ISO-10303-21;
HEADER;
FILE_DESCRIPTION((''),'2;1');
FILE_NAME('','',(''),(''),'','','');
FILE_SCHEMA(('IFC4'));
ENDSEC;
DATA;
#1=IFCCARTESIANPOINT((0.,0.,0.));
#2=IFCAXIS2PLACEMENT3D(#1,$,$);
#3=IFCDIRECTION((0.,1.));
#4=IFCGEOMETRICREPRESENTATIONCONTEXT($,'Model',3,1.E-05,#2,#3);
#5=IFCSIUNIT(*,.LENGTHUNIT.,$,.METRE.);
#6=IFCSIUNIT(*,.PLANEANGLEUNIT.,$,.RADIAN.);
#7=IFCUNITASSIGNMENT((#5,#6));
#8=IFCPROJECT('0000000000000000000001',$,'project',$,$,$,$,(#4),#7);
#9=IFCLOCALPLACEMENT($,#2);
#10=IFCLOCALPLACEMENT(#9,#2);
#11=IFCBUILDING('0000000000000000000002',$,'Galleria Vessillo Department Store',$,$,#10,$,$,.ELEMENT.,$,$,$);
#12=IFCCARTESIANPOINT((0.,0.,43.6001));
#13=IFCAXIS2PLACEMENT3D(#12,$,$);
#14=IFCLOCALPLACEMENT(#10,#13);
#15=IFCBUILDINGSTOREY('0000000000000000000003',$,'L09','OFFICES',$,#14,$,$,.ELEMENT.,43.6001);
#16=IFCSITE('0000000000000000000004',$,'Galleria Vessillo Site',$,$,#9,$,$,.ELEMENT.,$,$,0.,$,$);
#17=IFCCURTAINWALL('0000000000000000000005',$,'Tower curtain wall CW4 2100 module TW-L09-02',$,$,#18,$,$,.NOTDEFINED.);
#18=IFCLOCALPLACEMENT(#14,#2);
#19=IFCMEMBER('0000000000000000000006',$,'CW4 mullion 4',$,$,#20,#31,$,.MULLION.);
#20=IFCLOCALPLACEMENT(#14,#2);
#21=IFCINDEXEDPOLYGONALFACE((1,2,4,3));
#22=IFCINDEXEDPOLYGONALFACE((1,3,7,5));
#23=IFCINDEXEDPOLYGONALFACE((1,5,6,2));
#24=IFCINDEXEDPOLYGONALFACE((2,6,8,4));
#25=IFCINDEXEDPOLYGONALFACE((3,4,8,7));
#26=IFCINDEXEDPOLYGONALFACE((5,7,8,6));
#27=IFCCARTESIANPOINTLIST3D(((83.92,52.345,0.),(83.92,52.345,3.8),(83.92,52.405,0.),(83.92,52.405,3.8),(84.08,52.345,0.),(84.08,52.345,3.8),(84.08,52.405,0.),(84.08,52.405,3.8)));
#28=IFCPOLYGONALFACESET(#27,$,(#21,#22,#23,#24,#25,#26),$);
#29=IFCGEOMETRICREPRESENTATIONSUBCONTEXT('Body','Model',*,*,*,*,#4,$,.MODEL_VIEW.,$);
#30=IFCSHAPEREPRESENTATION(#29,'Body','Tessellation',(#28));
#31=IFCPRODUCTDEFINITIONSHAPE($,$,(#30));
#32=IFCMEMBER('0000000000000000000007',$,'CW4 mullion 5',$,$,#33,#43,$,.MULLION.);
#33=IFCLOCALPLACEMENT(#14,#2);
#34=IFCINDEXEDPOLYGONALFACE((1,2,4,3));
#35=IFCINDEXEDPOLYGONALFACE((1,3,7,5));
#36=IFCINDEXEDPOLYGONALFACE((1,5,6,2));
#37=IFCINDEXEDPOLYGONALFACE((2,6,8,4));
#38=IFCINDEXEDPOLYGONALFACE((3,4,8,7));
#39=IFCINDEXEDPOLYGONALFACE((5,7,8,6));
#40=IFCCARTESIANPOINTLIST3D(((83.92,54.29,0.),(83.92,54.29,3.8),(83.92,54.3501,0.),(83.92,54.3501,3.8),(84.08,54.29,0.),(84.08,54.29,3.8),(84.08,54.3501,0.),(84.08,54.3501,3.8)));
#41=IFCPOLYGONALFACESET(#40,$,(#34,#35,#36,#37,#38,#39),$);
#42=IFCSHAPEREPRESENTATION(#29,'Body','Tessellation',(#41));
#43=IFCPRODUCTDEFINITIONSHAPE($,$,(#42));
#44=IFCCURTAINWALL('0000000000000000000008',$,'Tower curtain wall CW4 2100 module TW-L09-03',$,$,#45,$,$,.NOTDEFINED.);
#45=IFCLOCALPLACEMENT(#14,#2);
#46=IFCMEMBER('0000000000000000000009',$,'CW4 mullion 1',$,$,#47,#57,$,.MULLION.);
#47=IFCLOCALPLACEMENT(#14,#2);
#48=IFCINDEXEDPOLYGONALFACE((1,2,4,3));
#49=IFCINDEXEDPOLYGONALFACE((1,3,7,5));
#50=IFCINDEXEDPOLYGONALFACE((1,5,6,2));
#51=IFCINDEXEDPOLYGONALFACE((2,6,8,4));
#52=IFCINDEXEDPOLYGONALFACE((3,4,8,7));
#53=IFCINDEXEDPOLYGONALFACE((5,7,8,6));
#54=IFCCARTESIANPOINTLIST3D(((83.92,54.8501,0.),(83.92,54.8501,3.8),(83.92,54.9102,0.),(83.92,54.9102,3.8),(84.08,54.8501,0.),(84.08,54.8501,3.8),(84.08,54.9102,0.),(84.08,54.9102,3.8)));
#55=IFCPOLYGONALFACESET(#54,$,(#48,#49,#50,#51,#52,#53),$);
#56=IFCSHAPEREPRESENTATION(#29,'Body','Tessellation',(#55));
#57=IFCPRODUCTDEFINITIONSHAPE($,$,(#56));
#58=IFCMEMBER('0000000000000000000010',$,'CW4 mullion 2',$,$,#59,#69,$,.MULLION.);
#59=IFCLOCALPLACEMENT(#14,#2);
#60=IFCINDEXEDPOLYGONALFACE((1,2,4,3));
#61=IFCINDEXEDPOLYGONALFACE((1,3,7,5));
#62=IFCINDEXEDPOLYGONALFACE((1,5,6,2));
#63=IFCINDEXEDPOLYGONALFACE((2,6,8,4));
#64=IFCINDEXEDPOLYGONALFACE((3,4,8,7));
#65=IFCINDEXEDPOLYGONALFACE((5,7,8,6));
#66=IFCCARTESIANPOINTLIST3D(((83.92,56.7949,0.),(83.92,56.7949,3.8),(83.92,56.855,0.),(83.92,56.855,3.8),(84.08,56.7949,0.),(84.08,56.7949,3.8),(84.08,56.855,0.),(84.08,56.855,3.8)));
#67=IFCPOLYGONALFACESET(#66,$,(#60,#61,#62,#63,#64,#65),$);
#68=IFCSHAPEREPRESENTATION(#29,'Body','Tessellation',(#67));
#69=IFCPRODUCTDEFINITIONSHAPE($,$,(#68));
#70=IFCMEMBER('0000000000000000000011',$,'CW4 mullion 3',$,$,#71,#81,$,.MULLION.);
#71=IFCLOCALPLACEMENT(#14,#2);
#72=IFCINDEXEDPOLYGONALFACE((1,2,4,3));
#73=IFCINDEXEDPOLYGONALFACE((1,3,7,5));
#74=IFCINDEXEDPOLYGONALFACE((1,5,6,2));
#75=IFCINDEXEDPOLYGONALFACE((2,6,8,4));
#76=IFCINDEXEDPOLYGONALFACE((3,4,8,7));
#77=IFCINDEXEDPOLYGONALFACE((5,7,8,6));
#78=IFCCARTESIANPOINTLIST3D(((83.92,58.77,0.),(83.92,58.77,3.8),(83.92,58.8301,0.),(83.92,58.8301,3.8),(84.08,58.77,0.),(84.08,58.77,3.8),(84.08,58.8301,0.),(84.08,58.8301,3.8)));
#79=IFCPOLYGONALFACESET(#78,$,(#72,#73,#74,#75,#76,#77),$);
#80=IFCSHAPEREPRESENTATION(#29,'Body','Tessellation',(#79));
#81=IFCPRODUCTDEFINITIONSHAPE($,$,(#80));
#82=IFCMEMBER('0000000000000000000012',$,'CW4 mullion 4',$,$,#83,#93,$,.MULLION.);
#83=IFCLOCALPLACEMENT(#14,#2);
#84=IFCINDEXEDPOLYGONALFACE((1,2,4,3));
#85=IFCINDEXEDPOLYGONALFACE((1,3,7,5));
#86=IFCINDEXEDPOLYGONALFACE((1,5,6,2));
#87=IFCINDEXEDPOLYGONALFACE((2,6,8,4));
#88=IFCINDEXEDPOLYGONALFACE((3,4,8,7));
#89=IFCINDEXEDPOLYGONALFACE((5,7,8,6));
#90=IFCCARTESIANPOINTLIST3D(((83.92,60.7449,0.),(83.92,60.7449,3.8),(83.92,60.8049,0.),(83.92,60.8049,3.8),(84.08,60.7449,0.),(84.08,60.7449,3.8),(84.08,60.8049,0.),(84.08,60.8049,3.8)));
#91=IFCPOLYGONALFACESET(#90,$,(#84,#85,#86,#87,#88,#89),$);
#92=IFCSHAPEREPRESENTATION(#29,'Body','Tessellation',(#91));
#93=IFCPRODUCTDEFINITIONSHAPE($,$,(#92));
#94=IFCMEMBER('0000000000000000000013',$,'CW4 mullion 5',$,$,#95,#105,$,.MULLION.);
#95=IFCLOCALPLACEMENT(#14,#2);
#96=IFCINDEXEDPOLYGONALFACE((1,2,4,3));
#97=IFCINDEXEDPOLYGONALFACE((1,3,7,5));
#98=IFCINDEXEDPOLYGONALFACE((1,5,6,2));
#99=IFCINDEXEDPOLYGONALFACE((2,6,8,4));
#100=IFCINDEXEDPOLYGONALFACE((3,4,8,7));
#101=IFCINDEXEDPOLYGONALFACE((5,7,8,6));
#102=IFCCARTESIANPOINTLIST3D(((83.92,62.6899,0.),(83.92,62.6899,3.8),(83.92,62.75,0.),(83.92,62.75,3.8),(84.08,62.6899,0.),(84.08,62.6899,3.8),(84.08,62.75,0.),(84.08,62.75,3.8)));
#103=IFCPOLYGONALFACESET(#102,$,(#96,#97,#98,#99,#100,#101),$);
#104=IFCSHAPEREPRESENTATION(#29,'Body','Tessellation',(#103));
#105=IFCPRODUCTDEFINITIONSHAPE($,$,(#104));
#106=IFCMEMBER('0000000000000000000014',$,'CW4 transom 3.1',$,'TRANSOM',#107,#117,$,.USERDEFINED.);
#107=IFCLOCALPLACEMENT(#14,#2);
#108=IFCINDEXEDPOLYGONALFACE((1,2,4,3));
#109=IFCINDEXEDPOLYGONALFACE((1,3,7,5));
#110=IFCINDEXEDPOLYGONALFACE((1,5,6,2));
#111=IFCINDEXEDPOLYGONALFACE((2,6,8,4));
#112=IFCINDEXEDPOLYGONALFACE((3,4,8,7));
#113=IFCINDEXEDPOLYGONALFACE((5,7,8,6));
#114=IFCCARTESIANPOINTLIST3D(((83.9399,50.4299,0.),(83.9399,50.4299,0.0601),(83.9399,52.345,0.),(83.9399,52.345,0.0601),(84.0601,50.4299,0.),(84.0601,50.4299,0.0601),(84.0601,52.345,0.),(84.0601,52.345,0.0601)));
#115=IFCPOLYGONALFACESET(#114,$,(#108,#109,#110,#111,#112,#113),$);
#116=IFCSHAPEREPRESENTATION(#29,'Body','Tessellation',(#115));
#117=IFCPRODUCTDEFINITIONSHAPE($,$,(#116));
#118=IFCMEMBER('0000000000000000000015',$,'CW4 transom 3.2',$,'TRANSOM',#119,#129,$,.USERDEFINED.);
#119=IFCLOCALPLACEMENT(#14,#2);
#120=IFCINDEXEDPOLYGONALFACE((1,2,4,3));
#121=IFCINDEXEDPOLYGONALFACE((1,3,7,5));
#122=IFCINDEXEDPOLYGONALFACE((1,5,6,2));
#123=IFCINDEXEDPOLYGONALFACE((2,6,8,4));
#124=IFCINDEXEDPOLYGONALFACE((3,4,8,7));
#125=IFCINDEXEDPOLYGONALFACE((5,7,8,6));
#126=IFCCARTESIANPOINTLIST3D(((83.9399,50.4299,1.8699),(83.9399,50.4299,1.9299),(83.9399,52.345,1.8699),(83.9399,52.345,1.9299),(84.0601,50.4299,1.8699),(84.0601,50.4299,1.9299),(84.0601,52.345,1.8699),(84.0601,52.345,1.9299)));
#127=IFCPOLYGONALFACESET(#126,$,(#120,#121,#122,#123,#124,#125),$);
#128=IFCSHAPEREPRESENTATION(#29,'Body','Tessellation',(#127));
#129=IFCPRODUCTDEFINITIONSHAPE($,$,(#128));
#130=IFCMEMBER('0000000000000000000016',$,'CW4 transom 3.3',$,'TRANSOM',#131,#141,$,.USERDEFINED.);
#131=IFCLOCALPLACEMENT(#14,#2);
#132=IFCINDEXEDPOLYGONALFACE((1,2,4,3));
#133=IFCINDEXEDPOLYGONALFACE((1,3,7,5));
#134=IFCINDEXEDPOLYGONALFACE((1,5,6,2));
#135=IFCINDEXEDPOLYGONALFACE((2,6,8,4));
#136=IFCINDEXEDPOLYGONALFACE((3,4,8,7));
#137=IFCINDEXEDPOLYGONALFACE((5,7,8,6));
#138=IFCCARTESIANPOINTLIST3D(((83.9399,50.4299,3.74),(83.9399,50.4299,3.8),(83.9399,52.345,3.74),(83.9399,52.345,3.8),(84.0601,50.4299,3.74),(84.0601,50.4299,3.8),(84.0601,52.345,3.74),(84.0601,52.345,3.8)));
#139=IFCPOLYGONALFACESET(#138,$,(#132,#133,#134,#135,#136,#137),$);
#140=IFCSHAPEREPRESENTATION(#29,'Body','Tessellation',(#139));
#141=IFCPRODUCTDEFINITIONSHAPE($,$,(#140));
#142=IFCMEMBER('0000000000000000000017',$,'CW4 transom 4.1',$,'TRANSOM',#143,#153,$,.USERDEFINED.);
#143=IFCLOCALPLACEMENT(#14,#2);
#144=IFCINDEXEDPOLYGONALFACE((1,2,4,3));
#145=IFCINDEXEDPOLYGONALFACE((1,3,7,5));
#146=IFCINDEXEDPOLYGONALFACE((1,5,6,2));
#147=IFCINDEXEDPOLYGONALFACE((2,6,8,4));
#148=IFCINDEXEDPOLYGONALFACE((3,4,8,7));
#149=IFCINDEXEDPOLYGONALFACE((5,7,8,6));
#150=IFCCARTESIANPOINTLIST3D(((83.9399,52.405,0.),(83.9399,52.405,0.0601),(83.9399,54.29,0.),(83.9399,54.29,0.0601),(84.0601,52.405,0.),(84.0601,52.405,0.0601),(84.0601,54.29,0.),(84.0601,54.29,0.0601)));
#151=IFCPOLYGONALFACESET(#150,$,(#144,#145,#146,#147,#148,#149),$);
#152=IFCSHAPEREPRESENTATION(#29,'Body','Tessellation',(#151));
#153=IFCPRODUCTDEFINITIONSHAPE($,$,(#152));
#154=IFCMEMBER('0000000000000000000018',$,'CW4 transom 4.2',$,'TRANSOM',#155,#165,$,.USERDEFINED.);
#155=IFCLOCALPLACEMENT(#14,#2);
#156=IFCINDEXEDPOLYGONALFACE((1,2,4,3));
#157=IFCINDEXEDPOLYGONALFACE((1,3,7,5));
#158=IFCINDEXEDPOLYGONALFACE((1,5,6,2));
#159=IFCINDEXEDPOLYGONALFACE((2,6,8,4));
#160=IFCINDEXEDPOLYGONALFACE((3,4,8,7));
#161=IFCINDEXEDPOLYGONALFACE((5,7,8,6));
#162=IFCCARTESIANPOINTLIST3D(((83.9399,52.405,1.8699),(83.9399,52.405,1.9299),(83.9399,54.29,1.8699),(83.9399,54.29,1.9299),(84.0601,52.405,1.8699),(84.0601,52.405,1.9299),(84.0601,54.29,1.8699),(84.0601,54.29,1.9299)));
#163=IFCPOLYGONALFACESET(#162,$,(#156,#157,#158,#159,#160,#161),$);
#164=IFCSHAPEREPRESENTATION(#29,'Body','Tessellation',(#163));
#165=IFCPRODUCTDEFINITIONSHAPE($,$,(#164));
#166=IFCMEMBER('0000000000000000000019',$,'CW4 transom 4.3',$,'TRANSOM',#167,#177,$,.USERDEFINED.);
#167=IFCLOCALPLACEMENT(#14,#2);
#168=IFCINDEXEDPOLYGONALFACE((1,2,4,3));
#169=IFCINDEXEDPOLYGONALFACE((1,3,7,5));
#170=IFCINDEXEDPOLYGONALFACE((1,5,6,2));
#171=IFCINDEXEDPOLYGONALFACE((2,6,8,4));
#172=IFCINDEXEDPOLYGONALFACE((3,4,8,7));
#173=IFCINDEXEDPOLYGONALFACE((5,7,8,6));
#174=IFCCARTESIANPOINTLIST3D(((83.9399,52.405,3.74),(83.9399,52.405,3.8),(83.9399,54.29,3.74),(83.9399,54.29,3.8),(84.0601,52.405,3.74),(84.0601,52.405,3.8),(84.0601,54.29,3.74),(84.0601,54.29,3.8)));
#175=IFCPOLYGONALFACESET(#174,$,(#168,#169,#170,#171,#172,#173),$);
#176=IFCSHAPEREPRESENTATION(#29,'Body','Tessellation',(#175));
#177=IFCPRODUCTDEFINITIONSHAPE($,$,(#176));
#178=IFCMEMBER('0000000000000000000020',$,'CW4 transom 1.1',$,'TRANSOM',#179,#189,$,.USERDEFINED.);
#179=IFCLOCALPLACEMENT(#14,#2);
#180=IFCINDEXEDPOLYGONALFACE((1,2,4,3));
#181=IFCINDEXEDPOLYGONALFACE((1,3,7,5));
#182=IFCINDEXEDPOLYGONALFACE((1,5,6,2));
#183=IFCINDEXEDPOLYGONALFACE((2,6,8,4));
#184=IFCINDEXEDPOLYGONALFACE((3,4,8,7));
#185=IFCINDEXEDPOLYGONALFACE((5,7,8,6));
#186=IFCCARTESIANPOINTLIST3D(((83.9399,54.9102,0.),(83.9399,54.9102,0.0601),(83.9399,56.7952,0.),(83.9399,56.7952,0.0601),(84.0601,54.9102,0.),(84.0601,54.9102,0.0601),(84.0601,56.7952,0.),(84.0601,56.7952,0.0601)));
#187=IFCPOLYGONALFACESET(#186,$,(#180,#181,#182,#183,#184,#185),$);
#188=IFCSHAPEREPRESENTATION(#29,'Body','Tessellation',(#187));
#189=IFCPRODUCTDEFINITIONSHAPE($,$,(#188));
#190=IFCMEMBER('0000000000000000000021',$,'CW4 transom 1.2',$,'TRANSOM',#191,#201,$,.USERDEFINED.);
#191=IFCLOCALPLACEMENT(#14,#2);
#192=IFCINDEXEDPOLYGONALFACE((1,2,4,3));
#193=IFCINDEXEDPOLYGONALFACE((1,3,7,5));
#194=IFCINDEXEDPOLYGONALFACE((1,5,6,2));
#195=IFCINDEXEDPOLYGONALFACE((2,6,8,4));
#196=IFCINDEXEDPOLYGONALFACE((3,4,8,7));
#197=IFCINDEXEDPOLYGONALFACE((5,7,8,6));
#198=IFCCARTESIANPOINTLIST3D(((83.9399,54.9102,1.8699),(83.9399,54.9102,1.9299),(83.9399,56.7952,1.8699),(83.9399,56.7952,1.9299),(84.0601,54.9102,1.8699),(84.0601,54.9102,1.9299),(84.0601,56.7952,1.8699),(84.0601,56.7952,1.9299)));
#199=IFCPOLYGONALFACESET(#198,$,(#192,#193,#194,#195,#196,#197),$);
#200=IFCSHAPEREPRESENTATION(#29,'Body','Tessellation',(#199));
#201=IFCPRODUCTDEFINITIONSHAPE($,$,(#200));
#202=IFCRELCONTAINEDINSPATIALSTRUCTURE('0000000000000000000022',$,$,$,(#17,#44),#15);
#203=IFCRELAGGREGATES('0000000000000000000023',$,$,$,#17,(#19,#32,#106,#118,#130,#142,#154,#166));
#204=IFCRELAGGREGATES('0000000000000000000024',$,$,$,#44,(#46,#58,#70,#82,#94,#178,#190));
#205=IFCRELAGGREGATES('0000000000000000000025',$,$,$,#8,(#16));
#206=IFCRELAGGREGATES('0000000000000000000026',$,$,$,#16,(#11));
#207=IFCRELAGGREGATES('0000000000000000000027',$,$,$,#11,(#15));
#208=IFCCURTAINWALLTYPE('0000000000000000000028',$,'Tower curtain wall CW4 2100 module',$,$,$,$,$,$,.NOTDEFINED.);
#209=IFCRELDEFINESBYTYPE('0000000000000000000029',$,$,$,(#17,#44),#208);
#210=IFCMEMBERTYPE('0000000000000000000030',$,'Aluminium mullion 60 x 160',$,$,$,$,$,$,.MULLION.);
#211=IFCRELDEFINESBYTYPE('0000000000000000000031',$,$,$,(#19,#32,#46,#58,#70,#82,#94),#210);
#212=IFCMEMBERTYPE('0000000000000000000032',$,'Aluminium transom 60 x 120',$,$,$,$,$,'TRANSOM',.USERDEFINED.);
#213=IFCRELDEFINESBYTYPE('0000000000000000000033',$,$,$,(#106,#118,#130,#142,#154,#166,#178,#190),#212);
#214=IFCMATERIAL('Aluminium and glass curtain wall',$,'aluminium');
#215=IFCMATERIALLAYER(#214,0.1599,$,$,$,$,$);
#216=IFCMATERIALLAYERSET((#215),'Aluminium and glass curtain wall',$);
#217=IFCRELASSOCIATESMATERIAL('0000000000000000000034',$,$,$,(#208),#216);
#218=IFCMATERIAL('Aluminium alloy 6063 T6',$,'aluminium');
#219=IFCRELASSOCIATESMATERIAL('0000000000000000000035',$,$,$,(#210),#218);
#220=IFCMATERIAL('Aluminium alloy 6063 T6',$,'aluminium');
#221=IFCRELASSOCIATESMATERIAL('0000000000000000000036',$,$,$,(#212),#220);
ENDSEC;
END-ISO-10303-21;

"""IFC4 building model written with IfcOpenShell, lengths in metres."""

from ifc_helpers import new_model, si_unit, direction, frame, origin, origin_2d, place, context, subcontext, project, spatial, rectangle, extrude, material, layer, layer_set, material_profile, profile_set, type_object, element, aggregate, save


model = new_model("IFC4")

# Units and contexts
model_context = context("Model", 3, precision=1e-05, world=origin(), true_north=direction((0.0, 1.0)))
body_context = subcontext(model_context, "Body", "Model", "MODEL_VIEW")
ifc_project = project(units=[si_unit("LENGTHUNIT", "METRE"), si_unit("PLANEANGLEUNIT", "RADIAN")], contexts=[model_context])

# Site, building, storey
site_placement = place(None, origin())
site = spatial("IfcSite", under=ifc_project, at=site_placement, Name="Galleria Vessillo Site", CompositionType="ELEMENT", RefElevation=0.0)
building_placement = place(site_placement, origin())
building = spatial("IfcBuilding", under=site, at=building_placement, Name="Galleria Vessillo Department Store", CompositionType="ELEMENT")
storey_placement = place(building_placement, frame((0.0, 0.0, 43.6001)))
storey = spatial("IfcBuildingStorey", under=building, at=storey_placement, Name="L09", Description="OFFICES", CompositionType="ELEMENT", Elevation=43.6001)

# Curtain walls, members
ifc_material_1 = material(Name="Aluminium and glass curtain wall", Category="aluminium")
ifc_layer_1 = layer(ifc_material_1, 0.1599)
ifc_layer_set_1 = layer_set([ifc_layer_1], Name="Aluminium and glass curtain wall")
curtain_wall_type = type_object("IfcCurtainWallType", Name="Tower curtain wall CW4 2100 module", PredefinedType="NOTDEFINED", material=ifc_layer_set_1)
curtain_wall_1_placement = place(storey_placement, origin())
curtain_wall_1 = element("IfcCurtainWall", 1, at=curtain_wall_1_placement, inside=storey, type_object=curtain_wall_type, Name="Tower curtain wall CW4 2100 module TW-L09-02", PredefinedType="NOTDEFINED")
ifc_material_2 = material(Name="Aluminium alloy 6063 T6", Category="aluminium")
ifc_material_profile_1 = material_profile(ifc_material_2, rectangle(XDim=0.1599, YDim=0.0601, at=origin_2d()), Name="AL 60x160")
ifc_profile_set_1 = profile_set([ifc_material_profile_1], Name="Aluminium alloy 6063 T6")
member_type_1 = type_object("IfcMemberType", Name="Aluminium mullion 60 x 160", PredefinedType="MULLION", material=ifc_profile_set_1)
member_1_placement = place(storey_placement, frame((84.0, 52.375, 0.0), z_axis=(0.0, 0.0, 1.0), x_axis=(-1.0, 0.0, 0.0)))
member_1 = element("IfcMember", 2, at=member_1_placement, type_object=member_type_1, Name="CW4 mullion 4", PredefinedType="MULLION", context=body_context, shape_type="SweptSolid", body=[
    extrude(rectangle(XDim=0.1599, YDim=0.0601, at=origin_2d()), origin(), (0.0, 0.0, 1.0), 3.8),
])
member_2_placement = place(storey_placement, frame((84.0, 54.3201, 0.0), z_axis=(0.0, 0.0, 1.0), x_axis=(-1.0, 0.0, 0.0)))
member_2 = element("IfcMember", 3, at=member_2_placement, type_object=member_type_1, Name="CW4 mullion 5", PredefinedType="MULLION", context=body_context, shape_type="SweptSolid", body=[
    extrude(rectangle(XDim=0.1599, YDim=0.0601, at=origin_2d()), origin(), (0.0, 0.0, 1.0), 3.8),
])
curtain_wall_2_placement = place(storey_placement, origin())
curtain_wall_2 = element("IfcCurtainWall", 4, at=curtain_wall_2_placement, inside=storey, type_object=curtain_wall_type, Name="Tower curtain wall CW4 2100 module TW-L09-03", PredefinedType="NOTDEFINED")
member_3_placement = place(storey_placement, frame((84.0, 54.8801, 0.0), z_axis=(0.0, 0.0, 1.0), x_axis=(-1.0, 0.0, 0.0)))
member_3 = element("IfcMember", 5, at=member_3_placement, type_object=member_type_1, Name="CW4 mullion 1", PredefinedType="MULLION", context=body_context, shape_type="SweptSolid", body=[
    extrude(rectangle(XDim=0.1599, YDim=0.0601, at=origin_2d()), origin(), (0.0, 0.0, 1.0), 3.8),
])
member_4_placement = place(storey_placement, frame((84.0, 56.825, 0.0), z_axis=(0.0, 0.0, 1.0), x_axis=(-1.0, 0.0, 0.0)))
member_4 = element("IfcMember", 6, at=member_4_placement, type_object=member_type_1, Name="CW4 mullion 2", PredefinedType="MULLION", context=body_context, shape_type="SweptSolid", body=[
    extrude(rectangle(XDim=0.1599, YDim=0.0601, at=origin_2d()), origin(), (0.0, 0.0, 1.0), 3.8),
])
member_5_placement = place(storey_placement, frame((84.0, 58.8, 0.0), z_axis=(0.0, 0.0, 1.0), x_axis=(-1.0, 0.0, 0.0)))
member_5 = element("IfcMember", 7, at=member_5_placement, type_object=member_type_1, Name="CW4 mullion 3", PredefinedType="MULLION", context=body_context, shape_type="SweptSolid", body=[
    extrude(rectangle(XDim=0.1599, YDim=0.0601, at=origin_2d()), origin(), (0.0, 0.0, 1.0), 3.8),
])
member_6_placement = place(storey_placement, frame((84.0, 60.7749, 0.0), z_axis=(0.0, 0.0, 1.0), x_axis=(-1.0, 0.0, 0.0)))
member_6 = element("IfcMember", 8, at=member_6_placement, type_object=member_type_1, Name="CW4 mullion 4", PredefinedType="MULLION", context=body_context, shape_type="SweptSolid", body=[
    extrude(rectangle(XDim=0.1599, YDim=0.0601, at=origin_2d()), origin(), (0.0, 0.0, 1.0), 3.8),
])
member_7_placement = place(storey_placement, frame((84.0, 62.72, 0.0), z_axis=(0.0, 0.0, 1.0), x_axis=(-1.0, 0.0, 0.0)))
member_7 = element("IfcMember", 9, at=member_7_placement, type_object=member_type_1, Name="CW4 mullion 5", PredefinedType="MULLION", context=body_context, shape_type="SweptSolid", body=[
    extrude(rectangle(XDim=0.1599, YDim=0.0601, at=origin_2d()), origin(), (0.0, 0.0, 1.0), 3.8),
])

# Members
ifc_material_3 = material(Name="Aluminium alloy 6063 T6", Category="aluminium")
ifc_material_profile_2 = material_profile(ifc_material_3, rectangle(XDim=0.1201, YDim=0.0601, at=origin_2d()), Name="AL 60x120")
ifc_profile_set_2 = profile_set([ifc_material_profile_2], Name="Aluminium alloy 6063 T6")
member_type_2 = type_object("IfcMemberType", Name="Aluminium transom 60 x 120", ElementType="TRANSOM", PredefinedType="USERDEFINED", material=ifc_profile_set_2)
member_8_placement = place(storey_placement, frame((84.0, 50.4299, 0.03), z_axis=(0.0, 1.0, 0.0), x_axis=(-1.0, 0.0, 0.0)))
member_8 = element("IfcMember", 10, at=member_8_placement, type_object=member_type_2, Name="CW4 transom 3.1", ObjectType="TRANSOM", PredefinedType="USERDEFINED", context=body_context, shape_type="SweptSolid", body=[
    extrude(rectangle(XDim=0.1201, YDim=0.0601, at=origin_2d()), origin(), (0.0, 0.0, 1.0), 1.915),
])
member_9_placement = place(storey_placement, frame((84.0, 50.4299, 1.8999), z_axis=(0.0, 1.0, 0.0), x_axis=(-1.0, 0.0, 0.0)))
member_9 = element("IfcMember", 11, at=member_9_placement, type_object=member_type_2, Name="CW4 transom 3.2", ObjectType="TRANSOM", PredefinedType="USERDEFINED", context=body_context, shape_type="SweptSolid", body=[
    extrude(rectangle(XDim=0.1201, YDim=0.0601, at=origin_2d()), origin(), (0.0, 0.0, 1.0), 1.915),
])
member_10_placement = place(storey_placement, frame((84.0, 50.4299, 3.77), z_axis=(0.0, 1.0, 0.0), x_axis=(-1.0, 0.0, 0.0)))
member_10 = element("IfcMember", 12, at=member_10_placement, type_object=member_type_2, Name="CW4 transom 3.3", ObjectType="TRANSOM", PredefinedType="USERDEFINED", context=body_context, shape_type="SweptSolid", body=[
    extrude(rectangle(XDim=0.1201, YDim=0.0601, at=origin_2d()), origin(), (0.0, 0.0, 1.0), 1.915),
])
member_11_placement = place(storey_placement, frame((84.0, 52.405, 0.03), z_axis=(0.0, 1.0, 0.0), x_axis=(-1.0, 0.0, 0.0)))
member_11 = element("IfcMember", 13, at=member_11_placement, type_object=member_type_2, Name="CW4 transom 4.1", ObjectType="TRANSOM", PredefinedType="USERDEFINED", context=body_context, shape_type="SweptSolid", body=[
    extrude(rectangle(XDim=0.1201, YDim=0.0601, at=origin_2d()), origin(), (0.0, 0.0, 1.0), 1.885),
])
member_12_placement = place(storey_placement, frame((84.0, 52.405, 1.8999), z_axis=(0.0, 1.0, 0.0), x_axis=(-1.0, 0.0, 0.0)))
member_12 = element("IfcMember", 14, at=member_12_placement, type_object=member_type_2, Name="CW4 transom 4.2", ObjectType="TRANSOM", PredefinedType="USERDEFINED", context=body_context, shape_type="SweptSolid", body=[
    extrude(rectangle(XDim=0.1201, YDim=0.0601, at=origin_2d()), origin(), (0.0, 0.0, 1.0), 1.885),
])
member_13_placement = place(storey_placement, frame((84.0, 52.405, 3.77), z_axis=(0.0, 1.0, 0.0), x_axis=(-1.0, 0.0, 0.0)))
member_13 = element("IfcMember", 15, at=member_13_placement, type_object=member_type_2, Name="CW4 transom 4.3", ObjectType="TRANSOM", PredefinedType="USERDEFINED", context=body_context, shape_type="SweptSolid", body=[
    extrude(rectangle(XDim=0.1201, YDim=0.0601, at=origin_2d()), origin(), (0.0, 0.0, 1.0), 1.885),
])
member_14_placement = place(storey_placement, frame((84.0, 54.9102, 0.03), z_axis=(0.0, 1.0, 0.0), x_axis=(-1.0, 0.0, 0.0)))
member_14 = element("IfcMember", 16, at=member_14_placement, type_object=member_type_2, Name="CW4 transom 1.1", ObjectType="TRANSOM", PredefinedType="USERDEFINED", context=body_context, shape_type="SweptSolid", body=[
    extrude(rectangle(XDim=0.1201, YDim=0.0601, at=origin_2d()), origin(), (0.0, 0.0, 1.0), 1.885),
])
member_15_placement = place(storey_placement, frame((84.0, 54.9102, 1.8999), z_axis=(0.0, 1.0, 0.0), x_axis=(-1.0, 0.0, 0.0)))
member_15 = element("IfcMember", 17, at=member_15_placement, type_object=member_type_2, Name="CW4 transom 1.2", ObjectType="TRANSOM", PredefinedType="USERDEFINED", context=body_context, shape_type="SweptSolid", body=[
    extrude(rectangle(XDim=0.1201, YDim=0.0601, at=origin_2d()), origin(), (0.0, 0.0, 1.0), 1.885),
])

aggregate(curtain_wall_1, [member_1, member_2, member_8, member_9, member_10, member_11, member_12, member_13])
aggregate(curtain_wall_2, [member_3, member_4, member_5, member_6, member_7, member_14, member_15])

save(model, "model.ifc")
